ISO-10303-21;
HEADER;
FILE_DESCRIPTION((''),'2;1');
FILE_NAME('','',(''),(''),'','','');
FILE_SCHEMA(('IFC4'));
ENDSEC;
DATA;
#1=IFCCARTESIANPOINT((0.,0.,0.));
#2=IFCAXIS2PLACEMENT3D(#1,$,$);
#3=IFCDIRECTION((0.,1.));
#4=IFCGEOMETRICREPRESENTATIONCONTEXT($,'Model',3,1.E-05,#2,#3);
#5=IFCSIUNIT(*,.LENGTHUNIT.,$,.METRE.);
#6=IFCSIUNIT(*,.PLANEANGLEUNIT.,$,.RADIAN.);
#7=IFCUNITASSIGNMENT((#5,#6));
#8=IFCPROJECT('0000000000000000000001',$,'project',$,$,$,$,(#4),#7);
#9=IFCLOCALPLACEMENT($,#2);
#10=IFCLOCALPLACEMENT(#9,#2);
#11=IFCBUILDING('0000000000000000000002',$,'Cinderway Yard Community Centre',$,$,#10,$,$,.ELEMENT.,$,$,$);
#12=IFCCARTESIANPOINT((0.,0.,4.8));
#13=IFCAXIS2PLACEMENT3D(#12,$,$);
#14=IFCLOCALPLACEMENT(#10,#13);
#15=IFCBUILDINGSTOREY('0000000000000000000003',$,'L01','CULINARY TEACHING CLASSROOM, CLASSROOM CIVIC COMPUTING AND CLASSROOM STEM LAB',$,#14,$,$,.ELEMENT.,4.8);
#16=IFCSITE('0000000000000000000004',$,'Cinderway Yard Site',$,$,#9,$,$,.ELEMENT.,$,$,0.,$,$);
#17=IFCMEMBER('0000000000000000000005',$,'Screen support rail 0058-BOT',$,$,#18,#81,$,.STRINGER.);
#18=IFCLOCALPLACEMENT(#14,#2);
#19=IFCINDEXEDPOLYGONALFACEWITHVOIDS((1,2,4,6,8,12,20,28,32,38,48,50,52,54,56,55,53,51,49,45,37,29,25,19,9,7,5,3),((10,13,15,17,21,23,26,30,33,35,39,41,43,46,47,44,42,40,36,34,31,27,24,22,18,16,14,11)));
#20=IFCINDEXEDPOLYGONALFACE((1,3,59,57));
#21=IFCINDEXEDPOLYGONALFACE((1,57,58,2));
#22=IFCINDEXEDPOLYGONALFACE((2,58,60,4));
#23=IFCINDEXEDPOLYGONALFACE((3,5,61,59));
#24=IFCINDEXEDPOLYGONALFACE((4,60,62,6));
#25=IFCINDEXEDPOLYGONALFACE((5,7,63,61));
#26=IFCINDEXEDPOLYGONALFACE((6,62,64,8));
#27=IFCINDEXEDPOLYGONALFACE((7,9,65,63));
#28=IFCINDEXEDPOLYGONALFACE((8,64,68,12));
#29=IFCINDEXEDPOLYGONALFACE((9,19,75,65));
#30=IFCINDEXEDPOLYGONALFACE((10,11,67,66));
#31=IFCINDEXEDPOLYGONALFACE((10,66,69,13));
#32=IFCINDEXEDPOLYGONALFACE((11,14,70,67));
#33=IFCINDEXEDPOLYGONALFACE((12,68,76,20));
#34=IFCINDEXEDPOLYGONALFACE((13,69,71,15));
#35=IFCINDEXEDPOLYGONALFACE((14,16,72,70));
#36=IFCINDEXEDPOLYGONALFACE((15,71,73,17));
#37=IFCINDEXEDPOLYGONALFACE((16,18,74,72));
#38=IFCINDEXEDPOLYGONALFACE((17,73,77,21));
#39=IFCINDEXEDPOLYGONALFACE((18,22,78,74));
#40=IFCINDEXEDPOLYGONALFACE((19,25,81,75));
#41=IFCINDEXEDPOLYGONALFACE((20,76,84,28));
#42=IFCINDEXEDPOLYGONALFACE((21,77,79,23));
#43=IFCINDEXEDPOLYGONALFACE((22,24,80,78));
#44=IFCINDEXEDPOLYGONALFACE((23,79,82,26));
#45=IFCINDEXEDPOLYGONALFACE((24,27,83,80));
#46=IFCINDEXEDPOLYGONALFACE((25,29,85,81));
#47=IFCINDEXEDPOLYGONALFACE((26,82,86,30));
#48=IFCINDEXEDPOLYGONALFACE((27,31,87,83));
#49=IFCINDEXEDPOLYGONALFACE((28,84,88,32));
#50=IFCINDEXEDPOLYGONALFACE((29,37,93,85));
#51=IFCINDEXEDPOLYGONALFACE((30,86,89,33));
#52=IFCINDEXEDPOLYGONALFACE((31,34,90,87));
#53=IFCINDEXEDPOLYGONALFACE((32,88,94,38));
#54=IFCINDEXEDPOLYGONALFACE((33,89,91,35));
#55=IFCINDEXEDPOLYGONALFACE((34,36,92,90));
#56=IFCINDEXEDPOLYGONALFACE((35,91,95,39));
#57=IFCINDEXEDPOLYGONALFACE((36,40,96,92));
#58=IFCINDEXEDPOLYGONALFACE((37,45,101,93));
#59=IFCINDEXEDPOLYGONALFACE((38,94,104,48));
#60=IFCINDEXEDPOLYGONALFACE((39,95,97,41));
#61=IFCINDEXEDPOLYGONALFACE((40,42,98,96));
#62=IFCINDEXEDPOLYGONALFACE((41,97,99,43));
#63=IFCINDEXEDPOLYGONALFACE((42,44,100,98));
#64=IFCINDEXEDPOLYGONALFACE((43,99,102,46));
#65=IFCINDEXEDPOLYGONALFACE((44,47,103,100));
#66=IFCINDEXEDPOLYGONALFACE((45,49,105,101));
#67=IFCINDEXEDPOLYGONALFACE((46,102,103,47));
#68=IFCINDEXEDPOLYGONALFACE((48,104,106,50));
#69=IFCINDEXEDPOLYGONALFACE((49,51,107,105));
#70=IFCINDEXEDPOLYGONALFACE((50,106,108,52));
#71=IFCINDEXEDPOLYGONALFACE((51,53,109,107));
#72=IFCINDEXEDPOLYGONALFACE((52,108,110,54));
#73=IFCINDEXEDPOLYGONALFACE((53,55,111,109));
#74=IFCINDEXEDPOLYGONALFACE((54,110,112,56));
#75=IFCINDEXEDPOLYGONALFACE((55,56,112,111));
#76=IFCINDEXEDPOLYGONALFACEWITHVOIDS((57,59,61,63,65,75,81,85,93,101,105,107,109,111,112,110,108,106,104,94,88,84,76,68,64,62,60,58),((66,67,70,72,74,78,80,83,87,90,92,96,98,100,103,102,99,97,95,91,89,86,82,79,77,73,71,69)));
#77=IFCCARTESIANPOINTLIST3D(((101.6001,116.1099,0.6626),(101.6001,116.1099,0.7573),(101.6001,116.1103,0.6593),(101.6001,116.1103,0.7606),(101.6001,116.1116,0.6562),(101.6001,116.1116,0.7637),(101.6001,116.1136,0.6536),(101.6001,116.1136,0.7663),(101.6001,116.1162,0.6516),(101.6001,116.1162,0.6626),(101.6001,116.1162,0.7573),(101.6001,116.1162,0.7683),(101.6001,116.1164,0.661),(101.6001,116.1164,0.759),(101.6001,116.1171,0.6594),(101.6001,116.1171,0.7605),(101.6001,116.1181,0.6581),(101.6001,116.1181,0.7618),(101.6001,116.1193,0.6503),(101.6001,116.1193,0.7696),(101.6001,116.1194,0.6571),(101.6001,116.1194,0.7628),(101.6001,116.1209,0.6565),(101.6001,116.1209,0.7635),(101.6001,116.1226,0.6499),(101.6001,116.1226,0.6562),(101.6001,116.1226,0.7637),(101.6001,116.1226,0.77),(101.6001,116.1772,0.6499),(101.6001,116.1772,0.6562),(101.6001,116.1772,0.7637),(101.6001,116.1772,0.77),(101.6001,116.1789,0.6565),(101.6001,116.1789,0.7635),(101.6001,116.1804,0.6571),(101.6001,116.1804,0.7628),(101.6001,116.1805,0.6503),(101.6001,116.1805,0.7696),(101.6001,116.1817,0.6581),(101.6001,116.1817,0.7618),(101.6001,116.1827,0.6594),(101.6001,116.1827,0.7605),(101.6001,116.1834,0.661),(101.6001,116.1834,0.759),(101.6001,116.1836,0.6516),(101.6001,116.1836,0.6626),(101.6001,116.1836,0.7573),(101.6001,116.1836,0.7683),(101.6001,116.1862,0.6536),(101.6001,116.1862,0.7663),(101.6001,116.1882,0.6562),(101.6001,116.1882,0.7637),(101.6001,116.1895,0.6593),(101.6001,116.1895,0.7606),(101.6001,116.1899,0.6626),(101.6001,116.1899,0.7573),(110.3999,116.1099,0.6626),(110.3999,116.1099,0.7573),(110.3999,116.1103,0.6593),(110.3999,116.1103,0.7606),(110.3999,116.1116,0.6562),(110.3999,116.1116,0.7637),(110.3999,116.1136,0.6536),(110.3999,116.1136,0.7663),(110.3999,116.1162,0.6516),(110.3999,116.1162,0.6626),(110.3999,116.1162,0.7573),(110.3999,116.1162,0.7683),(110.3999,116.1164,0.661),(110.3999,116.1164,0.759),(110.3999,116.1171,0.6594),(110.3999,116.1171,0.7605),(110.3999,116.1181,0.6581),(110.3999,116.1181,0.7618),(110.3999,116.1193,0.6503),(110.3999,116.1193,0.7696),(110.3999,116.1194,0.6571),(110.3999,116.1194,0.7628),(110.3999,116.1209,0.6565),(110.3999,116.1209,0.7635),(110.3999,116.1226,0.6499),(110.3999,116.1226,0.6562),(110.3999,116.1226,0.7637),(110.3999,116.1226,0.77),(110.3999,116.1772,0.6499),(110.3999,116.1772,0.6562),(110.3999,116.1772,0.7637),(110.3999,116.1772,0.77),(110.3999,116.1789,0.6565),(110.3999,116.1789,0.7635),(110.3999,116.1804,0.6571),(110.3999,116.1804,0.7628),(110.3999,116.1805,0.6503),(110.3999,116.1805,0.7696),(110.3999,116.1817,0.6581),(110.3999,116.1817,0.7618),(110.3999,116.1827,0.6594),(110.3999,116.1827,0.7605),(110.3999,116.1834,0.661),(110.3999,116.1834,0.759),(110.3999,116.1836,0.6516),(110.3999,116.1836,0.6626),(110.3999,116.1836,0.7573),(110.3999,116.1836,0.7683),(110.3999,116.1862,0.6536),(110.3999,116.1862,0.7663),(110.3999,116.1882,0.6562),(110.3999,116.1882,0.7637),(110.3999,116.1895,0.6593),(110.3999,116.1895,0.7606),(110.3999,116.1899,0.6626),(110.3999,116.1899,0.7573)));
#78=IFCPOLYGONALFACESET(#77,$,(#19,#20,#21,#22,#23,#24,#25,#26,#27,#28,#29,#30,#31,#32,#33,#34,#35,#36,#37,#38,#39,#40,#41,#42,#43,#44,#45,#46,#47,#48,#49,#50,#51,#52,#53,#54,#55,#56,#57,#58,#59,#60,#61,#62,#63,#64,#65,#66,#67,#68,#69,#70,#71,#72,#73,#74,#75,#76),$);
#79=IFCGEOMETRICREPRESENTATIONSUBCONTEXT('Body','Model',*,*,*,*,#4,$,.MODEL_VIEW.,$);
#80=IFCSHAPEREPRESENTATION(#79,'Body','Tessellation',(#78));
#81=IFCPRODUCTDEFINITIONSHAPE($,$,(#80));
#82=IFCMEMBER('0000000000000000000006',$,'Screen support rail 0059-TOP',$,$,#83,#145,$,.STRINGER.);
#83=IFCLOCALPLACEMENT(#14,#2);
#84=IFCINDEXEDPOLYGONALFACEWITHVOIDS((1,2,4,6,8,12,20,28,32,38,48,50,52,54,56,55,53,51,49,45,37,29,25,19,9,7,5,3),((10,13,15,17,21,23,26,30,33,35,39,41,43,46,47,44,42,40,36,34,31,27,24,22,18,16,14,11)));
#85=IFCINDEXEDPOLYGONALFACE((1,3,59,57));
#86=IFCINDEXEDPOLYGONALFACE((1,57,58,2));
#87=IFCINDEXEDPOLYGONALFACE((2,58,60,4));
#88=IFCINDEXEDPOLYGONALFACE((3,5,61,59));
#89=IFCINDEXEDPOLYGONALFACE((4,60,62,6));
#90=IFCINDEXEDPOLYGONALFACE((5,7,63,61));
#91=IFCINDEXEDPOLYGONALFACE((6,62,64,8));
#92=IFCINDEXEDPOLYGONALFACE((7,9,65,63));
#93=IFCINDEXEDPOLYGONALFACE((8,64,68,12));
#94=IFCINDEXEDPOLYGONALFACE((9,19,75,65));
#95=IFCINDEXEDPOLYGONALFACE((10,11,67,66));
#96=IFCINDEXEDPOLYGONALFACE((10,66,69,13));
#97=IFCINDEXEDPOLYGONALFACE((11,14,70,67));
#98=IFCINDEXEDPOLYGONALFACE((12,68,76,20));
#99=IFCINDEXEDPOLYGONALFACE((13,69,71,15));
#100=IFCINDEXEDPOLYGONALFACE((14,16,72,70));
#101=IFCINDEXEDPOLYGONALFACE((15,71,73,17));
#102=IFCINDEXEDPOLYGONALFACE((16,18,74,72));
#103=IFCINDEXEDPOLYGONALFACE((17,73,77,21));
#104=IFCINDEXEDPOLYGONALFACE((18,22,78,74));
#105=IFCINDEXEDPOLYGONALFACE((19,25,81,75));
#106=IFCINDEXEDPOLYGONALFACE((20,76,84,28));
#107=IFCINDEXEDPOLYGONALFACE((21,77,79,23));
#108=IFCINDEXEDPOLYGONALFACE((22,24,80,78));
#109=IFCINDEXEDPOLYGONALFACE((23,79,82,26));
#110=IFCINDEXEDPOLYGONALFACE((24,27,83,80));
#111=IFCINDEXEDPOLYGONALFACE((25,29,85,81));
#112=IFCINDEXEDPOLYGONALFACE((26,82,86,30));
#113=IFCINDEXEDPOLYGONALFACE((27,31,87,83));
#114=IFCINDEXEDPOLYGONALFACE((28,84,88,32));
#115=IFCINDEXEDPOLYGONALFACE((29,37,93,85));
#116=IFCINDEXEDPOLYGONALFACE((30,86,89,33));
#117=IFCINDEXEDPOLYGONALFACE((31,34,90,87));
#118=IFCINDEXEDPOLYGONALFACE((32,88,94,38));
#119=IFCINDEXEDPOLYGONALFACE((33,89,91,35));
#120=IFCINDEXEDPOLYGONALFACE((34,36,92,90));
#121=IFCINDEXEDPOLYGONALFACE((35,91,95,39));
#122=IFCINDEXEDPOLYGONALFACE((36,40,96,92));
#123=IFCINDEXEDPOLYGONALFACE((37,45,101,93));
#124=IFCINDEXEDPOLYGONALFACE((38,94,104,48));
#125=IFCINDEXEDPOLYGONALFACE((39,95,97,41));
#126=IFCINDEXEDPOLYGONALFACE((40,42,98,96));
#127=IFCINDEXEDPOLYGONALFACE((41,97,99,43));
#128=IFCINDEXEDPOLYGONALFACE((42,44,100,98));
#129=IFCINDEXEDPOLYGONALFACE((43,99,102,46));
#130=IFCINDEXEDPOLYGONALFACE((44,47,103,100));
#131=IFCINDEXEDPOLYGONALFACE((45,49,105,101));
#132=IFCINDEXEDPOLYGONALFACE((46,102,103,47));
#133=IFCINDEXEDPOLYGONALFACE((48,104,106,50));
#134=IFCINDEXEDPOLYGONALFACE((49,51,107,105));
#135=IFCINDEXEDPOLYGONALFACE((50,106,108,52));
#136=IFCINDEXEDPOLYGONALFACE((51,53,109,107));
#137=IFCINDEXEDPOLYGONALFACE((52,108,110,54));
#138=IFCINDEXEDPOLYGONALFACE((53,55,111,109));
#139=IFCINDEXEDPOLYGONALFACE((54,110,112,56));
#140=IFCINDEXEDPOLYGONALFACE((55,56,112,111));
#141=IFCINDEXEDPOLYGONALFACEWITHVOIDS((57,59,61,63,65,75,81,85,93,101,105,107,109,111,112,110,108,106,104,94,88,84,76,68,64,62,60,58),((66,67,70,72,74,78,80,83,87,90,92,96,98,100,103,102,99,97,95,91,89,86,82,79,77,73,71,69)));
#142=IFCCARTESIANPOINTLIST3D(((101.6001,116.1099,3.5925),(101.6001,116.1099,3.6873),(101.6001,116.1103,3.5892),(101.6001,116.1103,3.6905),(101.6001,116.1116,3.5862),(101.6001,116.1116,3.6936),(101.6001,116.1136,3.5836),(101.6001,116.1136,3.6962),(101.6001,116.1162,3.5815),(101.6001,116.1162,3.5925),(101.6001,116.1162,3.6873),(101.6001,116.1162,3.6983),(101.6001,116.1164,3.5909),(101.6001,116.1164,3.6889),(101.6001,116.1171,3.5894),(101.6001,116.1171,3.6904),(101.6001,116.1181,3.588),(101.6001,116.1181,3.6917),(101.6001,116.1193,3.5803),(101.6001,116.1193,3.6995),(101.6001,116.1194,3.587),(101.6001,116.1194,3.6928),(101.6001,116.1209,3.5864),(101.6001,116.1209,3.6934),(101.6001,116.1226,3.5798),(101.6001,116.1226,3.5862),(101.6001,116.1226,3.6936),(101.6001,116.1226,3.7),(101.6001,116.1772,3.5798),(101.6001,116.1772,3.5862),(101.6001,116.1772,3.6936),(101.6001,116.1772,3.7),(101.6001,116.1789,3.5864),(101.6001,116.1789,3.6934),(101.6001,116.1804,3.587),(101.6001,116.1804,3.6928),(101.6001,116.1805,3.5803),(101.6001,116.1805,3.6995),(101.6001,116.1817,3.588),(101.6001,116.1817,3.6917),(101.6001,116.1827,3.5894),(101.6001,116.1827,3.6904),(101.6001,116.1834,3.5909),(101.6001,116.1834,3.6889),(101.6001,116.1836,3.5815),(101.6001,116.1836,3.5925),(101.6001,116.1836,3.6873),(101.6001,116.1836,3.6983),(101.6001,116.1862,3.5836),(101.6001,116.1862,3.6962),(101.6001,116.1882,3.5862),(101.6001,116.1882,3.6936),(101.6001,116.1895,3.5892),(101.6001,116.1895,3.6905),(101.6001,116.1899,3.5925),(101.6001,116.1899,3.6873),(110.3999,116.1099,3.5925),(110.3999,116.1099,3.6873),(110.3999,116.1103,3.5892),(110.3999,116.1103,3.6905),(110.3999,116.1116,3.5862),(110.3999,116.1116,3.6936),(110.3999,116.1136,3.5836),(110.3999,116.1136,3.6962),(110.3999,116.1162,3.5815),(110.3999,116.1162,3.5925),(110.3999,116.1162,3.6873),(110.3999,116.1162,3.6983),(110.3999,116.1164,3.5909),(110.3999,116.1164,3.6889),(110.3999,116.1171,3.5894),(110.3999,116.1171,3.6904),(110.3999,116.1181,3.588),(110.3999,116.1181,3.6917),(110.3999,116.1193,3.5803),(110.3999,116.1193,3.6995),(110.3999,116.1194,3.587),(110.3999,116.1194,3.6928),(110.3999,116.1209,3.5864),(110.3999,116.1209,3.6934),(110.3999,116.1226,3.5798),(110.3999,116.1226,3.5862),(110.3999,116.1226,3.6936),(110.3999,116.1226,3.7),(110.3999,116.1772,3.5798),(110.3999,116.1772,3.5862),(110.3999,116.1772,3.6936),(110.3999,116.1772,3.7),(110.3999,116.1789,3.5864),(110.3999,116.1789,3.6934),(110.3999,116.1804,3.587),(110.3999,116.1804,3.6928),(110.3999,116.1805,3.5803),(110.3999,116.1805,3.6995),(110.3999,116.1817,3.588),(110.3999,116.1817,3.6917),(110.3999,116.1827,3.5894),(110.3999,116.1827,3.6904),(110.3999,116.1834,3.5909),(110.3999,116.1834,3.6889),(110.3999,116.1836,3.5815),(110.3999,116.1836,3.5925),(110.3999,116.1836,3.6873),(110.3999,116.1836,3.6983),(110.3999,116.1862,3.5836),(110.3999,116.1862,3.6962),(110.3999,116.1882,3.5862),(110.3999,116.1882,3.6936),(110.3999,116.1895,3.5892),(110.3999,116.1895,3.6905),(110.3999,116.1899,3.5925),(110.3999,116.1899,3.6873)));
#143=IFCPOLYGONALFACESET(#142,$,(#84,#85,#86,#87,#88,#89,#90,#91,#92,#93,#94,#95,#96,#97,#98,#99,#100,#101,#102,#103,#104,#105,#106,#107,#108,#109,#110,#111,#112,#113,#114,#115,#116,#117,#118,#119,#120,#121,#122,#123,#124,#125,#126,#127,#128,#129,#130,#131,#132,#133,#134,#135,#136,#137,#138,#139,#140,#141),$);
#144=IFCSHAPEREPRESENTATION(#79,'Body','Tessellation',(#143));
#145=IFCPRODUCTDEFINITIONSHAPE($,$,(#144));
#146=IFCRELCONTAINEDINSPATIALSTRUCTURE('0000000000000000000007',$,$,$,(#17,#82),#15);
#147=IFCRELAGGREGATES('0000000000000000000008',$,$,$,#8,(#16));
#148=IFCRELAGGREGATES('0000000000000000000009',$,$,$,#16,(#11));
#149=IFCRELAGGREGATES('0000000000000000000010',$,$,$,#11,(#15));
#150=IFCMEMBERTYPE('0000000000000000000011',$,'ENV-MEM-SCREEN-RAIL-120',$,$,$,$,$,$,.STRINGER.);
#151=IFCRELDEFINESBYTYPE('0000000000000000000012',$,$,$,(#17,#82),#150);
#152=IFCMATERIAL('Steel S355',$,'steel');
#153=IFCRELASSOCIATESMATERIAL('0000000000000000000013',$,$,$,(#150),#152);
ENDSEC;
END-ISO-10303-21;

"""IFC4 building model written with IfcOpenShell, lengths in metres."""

from ifc_helpers import new_model, si_unit, direction, frame, origin, origin_2d, place, context, subcontext, project, spatial, hollow_rectangle, extrude, material, material_profile, profile_set, type_object, element, save


model = new_model("IFC4")

# Units and contexts
model_context = context("Model", 3, precision=1e-05, world=origin(), true_north=direction((0.0, 1.0)))
body_context = subcontext(model_context, "Body", "Model", "MODEL_VIEW")
ifc_project = project(units=[si_unit("LENGTHUNIT", "METRE"), si_unit("PLANEANGLEUNIT", "RADIAN")], contexts=[model_context])

# Site, building, storey
site_placement = place(None, origin())
site = spatial("IfcSite", under=ifc_project, at=site_placement, Name="Cinderway Yard Site", CompositionType="ELEMENT", RefElevation=0.0)
building_placement = place(site_placement, origin())
building = spatial("IfcBuilding", under=site, at=building_placement, Name="Cinderway Yard Community Centre", CompositionType="ELEMENT")
storey_placement = place(building_placement, frame((0.0, 0.0, 4.8)))
storey = spatial("IfcBuildingStorey", under=building, at=storey_placement, Name="L01", Description="CULINARY TEACHING CLASSROOM, CLASSROOM CIVIC COMPUTING AND CLASSROOM STEM LAB", CompositionType="ELEMENT", Elevation=4.8)

# Members
ifc_material_1 = material(Name="Steel S355", Category="steel")
ifc_material_profile_1 = material_profile(ifc_material_1, hollow_rectangle(XDim=0.0801, YDim=0.1201, WallThickness=0.0063, InnerFilletRadius=0.0063, OuterFilletRadius=0.0127, at=origin_2d()), Name="Steel S355")
ifc_profile_set_1 = profile_set([ifc_material_profile_1], Name="Steel S355")
member_type_1 = type_object("IfcMemberType", Name="ENV-MEM-SCREEN-RAIL-120", PredefinedType="STRINGER", material=ifc_profile_set_1)
for number, where, z_axis, x_axis, name in (
    (1, (101.6001, 116.1499, 0.71), (1.0, 0.0, 0.0), (0.0, 1.0, 0.0), "Screen support rail 0058-BOT"),
    (2, (101.6001, 116.1499, 3.6399), (1.0, 0.0, 0.0), (0.0, 1.0, 0.0), "Screen support rail 0059-TOP"),
):
    element("IfcMember", number, at=place(storey_placement, frame(where, z_axis=z_axis, x_axis=x_axis)), inside=storey, type_object=member_type_1, Name=name, PredefinedType="STRINGER", context=body_context, shape_type="SweptSolid", body=[
        extrude(hollow_rectangle(XDim=0.0801, YDim=0.1201, WallThickness=0.0063, InnerFilletRadius=0.0063, OuterFilletRadius=0.0127, at=origin_2d()), origin(), (0.0, 0.0, 1.0), 8.7998),
    ])

save(model, "model.ifc")
